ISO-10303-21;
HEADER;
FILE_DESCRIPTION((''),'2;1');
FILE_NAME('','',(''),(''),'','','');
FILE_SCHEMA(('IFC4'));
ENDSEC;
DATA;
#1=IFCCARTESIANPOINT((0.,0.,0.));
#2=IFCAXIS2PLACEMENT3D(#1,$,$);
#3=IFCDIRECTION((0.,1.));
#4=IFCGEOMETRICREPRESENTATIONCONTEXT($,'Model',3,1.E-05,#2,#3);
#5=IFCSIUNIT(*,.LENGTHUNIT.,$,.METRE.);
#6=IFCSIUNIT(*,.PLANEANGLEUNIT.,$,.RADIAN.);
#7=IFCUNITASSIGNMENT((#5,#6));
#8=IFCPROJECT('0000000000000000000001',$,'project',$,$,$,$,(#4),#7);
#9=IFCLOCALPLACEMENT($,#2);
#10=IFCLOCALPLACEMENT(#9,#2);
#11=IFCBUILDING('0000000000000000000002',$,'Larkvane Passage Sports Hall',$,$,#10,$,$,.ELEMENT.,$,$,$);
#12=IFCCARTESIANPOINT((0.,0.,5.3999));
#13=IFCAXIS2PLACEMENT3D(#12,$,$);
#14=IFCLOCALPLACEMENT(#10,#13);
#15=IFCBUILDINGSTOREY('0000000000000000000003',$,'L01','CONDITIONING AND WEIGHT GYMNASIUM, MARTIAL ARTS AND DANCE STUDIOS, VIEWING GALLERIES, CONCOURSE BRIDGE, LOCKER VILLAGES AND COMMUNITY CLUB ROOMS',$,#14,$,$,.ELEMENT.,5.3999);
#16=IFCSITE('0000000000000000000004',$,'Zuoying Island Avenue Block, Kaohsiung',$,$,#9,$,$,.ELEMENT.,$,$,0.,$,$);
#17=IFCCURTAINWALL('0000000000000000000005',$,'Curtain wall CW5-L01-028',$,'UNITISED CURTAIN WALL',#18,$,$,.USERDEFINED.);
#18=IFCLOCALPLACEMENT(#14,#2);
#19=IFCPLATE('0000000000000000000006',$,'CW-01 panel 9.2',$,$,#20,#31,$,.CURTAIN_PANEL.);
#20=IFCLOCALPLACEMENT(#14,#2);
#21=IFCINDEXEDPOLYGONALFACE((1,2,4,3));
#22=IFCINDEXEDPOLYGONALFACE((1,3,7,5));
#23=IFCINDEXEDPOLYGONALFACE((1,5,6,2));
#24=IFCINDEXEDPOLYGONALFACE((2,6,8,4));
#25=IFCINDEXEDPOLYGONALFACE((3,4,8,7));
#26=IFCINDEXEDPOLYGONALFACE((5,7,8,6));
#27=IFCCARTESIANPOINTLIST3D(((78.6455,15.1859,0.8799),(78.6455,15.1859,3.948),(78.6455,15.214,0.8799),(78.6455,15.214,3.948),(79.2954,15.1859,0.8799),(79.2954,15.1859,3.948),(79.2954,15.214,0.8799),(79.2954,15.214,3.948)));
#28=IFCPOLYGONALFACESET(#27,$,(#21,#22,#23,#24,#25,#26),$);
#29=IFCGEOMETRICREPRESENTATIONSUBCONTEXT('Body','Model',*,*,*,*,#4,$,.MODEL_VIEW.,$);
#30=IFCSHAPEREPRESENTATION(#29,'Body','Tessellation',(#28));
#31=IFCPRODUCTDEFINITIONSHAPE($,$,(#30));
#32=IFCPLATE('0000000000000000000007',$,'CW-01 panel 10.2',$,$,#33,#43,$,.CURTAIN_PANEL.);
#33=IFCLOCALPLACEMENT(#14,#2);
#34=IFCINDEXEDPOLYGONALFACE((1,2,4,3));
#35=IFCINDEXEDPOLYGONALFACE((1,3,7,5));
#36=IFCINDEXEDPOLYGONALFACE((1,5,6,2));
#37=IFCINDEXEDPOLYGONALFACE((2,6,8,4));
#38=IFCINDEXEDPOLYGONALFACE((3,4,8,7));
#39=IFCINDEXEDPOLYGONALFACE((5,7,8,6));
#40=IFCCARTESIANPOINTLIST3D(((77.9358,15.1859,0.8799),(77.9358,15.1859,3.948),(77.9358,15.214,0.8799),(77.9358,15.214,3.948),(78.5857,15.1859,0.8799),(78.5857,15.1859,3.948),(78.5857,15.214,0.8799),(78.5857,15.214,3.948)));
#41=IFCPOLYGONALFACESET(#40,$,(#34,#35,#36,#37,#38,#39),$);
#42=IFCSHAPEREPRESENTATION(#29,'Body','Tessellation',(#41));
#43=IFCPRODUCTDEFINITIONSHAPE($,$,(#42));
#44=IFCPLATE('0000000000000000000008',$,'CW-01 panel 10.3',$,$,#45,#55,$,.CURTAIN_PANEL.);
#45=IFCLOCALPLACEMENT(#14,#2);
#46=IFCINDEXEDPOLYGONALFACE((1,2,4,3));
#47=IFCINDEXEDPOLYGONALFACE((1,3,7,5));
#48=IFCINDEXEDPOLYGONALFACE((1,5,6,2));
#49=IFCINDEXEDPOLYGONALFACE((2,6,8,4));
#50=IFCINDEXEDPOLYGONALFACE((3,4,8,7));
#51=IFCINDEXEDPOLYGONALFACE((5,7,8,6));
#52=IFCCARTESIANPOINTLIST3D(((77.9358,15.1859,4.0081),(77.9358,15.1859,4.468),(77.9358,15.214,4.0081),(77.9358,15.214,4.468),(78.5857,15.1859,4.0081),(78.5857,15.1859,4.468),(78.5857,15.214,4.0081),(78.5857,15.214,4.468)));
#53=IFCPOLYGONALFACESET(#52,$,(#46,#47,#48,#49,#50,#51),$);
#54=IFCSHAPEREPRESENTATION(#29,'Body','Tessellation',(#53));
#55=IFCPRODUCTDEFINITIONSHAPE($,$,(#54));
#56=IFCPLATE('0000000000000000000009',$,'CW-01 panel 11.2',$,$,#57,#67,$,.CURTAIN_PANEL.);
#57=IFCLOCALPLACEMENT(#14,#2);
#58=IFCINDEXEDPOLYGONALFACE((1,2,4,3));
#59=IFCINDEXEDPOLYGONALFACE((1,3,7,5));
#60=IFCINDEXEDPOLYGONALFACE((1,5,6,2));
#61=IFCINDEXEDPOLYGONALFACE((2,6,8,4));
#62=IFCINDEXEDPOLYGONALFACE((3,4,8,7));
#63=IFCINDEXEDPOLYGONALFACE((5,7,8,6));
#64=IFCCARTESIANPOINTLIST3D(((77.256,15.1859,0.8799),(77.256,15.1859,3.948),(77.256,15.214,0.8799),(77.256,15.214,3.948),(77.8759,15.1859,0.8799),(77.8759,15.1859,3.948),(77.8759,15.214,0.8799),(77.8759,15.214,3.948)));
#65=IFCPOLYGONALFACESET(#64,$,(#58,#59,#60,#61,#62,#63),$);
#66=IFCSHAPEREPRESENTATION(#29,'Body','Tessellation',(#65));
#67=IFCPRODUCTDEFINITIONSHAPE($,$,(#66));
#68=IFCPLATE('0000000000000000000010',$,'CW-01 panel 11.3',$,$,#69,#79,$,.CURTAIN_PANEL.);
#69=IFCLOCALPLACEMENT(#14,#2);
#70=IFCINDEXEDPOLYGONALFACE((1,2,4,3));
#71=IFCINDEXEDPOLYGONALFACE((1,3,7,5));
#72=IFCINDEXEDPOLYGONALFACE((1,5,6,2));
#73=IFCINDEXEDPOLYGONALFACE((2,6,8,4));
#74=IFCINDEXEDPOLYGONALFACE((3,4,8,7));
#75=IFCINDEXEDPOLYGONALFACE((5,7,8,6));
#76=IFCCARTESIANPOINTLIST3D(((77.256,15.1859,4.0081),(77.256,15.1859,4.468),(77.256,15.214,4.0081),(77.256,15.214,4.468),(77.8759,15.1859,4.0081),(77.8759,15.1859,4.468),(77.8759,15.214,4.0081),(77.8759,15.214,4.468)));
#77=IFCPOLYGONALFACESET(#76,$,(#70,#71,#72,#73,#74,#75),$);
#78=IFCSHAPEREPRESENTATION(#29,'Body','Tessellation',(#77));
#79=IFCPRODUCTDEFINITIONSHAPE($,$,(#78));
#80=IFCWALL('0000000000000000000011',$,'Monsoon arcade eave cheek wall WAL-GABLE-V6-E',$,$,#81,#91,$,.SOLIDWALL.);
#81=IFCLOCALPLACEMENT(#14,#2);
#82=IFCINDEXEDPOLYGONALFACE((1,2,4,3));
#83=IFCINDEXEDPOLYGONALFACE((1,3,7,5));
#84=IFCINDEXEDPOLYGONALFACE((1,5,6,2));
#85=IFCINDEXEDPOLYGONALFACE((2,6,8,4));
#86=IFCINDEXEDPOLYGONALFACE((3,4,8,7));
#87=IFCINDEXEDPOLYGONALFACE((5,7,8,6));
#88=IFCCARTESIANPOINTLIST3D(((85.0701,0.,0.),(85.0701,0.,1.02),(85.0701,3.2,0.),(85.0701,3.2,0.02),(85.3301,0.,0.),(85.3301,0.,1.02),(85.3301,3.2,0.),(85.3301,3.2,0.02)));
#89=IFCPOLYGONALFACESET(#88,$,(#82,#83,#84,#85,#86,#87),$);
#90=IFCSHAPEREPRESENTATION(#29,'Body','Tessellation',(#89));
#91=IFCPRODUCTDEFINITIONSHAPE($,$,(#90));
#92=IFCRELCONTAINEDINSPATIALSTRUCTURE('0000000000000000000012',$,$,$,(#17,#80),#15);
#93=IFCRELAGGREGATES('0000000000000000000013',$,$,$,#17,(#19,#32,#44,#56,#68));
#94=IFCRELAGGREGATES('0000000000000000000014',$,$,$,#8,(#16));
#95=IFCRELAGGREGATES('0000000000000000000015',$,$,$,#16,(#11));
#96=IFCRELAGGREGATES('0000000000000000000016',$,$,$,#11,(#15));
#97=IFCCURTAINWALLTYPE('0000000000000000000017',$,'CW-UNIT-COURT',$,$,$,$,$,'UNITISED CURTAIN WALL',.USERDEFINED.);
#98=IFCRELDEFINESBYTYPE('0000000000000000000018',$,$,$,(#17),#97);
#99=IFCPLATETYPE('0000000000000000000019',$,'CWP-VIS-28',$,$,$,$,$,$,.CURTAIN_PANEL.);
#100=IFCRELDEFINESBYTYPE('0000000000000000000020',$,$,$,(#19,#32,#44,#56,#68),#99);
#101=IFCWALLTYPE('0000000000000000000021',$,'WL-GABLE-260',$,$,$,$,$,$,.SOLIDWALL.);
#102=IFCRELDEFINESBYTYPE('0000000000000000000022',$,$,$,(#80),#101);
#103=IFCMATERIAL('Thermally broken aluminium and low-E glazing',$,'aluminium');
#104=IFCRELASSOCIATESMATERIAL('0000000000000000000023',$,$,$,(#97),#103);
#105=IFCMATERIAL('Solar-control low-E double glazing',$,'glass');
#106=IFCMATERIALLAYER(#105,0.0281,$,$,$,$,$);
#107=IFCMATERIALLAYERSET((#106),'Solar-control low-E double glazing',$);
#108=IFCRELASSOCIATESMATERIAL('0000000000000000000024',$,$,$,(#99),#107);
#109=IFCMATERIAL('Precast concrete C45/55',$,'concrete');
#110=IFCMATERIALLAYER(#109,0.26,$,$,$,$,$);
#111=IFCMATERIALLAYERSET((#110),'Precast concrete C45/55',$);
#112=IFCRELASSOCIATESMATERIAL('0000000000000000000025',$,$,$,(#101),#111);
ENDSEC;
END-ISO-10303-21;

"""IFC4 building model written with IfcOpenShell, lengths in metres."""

from ifc_helpers import new_model, si_unit, direction, frame, origin, origin_2d, place, context, subcontext, project, spatial, polyline, rectangle, outline, extrude, material, layer, layer_set, type_object, element, aggregate, save


model = new_model("IFC4")

# Units and contexts
model_context = context("Model", 3, precision=1e-05, world=origin(), true_north=direction((0.0, 1.0)))
body_context = subcontext(model_context, "Body", "Model", "MODEL_VIEW")
ifc_project = project(units=[si_unit("LENGTHUNIT", "METRE"), si_unit("PLANEANGLEUNIT", "RADIAN")], contexts=[model_context])

# Site, building, storey
site_placement = place(None, origin())
site = spatial("IfcSite", under=ifc_project, at=site_placement, Name="Zuoying Island Avenue Block, Kaohsiung", CompositionType="ELEMENT", RefElevation=0.0)
building_placement = place(site_placement, origin())
building = spatial("IfcBuilding", under=site, at=building_placement, Name="Larkvane Passage Sports Hall", CompositionType="ELEMENT")
storey_placement = place(building_placement, frame((0.0, 0.0, 5.3999)))
storey = spatial("IfcBuildingStorey", under=building, at=storey_placement, Name="L01", Description="CONDITIONING AND WEIGHT GYMNASIUM, MARTIAL ARTS AND DANCE STUDIOS, VIEWING GALLERIES, CONCOURSE BRIDGE, LOCKER VILLAGES AND COMMUNITY CLUB ROOMS", CompositionType="ELEMENT", Elevation=5.3999)

# Curtain wall
ifc_material_1 = material(Name="Thermally broken aluminium and low-E glazing", Category="aluminium")
curtain_wall_type = type_object("IfcCurtainWallType", Name="CW-UNIT-COURT", ElementType="UNITISED CURTAIN WALL", PredefinedType="USERDEFINED", material=ifc_material_1)
curtain_wall_placement = place(storey_placement, origin())
curtain_wall = element("IfcCurtainWall", 1, at=curtain_wall_placement, inside=storey, type_object=curtain_wall_type, Name="Curtain wall CW5-L01-028", ObjectType="UNITISED CURTAIN WALL", PredefinedType="USERDEFINED")

# Plates
ifc_material_2 = material(Name="Solar-control low-E double glazing", Category="glass")
ifc_layer_1 = layer(ifc_material_2, 0.0281)
ifc_layer_set_1 = layer_set([ifc_layer_1], Name="Solar-control low-E double glazing")
plate_type_1 = type_object("IfcPlateType", Name="CWP-VIS-28", PredefinedType="CURTAIN_PANEL", material=ifc_layer_set_1)
plate_1_placement = place(storey_placement, frame((78.9705, 15.2, 0.8799), z_axis=(0.0, 0.0, 1.0), x_axis=(-1.0, 0.0, 0.0)))
plate_1 = element("IfcPlate", 2, at=plate_1_placement, type_object=plate_type_1, Name="CW-01 panel 9.2", PredefinedType="CURTAIN_PANEL", context=body_context, shape_type="SweptSolid", body=[
    extrude(rectangle(XDim=0.6499, YDim=0.0281, at=origin_2d()), origin(), (0.0, 0.0, 1.0), 3.0681),
])
plate_2_placement = place(storey_placement, frame((78.2607, 15.2, 0.8799), z_axis=(0.0, 0.0, 1.0), x_axis=(-1.0, 0.0, 0.0)))
plate_2 = element("IfcPlate", 3, at=plate_2_placement, type_object=plate_type_1, Name="CW-01 panel 10.2", PredefinedType="CURTAIN_PANEL", context=body_context, shape_type="SweptSolid", body=[
    extrude(rectangle(XDim=0.6499, YDim=0.0281, at=origin_2d()), origin(), (0.0, 0.0, 1.0), 3.0681),
])
plate_3_placement = place(storey_placement, frame((78.2607, 15.2, 4.0081), z_axis=(0.0, 0.0, 1.0), x_axis=(-1.0, 0.0, 0.0)))
plate_3 = element("IfcPlate", 4, at=plate_3_placement, type_object=plate_type_1, Name="CW-01 panel 10.3", PredefinedType="CURTAIN_PANEL", context=body_context, shape_type="SweptSolid", body=[
    extrude(rectangle(XDim=0.6499, YDim=0.0281, at=origin_2d()), origin(), (0.0, 0.0, 1.0), 0.46),
])
plate_4_placement = place(storey_placement, frame((77.5659, 15.2, 0.8799), z_axis=(0.0, 0.0, 1.0), x_axis=(-1.0, 0.0, 0.0)))
plate_4 = element("IfcPlate", 5, at=plate_4_placement, type_object=plate_type_1, Name="CW-01 panel 11.2", PredefinedType="CURTAIN_PANEL", context=body_context, shape_type="SweptSolid", body=[
    extrude(rectangle(XDim=0.6199, YDim=0.0281, at=origin_2d()), origin(), (0.0, 0.0, 1.0), 3.0681),
])
plate_5_placement = place(storey_placement, frame((77.5659, 15.2, 4.0081), z_axis=(0.0, 0.0, 1.0), x_axis=(-1.0, 0.0, 0.0)))
plate_5 = element("IfcPlate", 6, at=plate_5_placement, type_object=plate_type_1, Name="CW-01 panel 11.3", PredefinedType="CURTAIN_PANEL", context=body_context, shape_type="SweptSolid", body=[
    extrude(rectangle(XDim=0.6199, YDim=0.0281, at=origin_2d()), origin(), (0.0, 0.0, 1.0), 0.46),
])
aggregate(curtain_wall, [plate_1, plate_2, plate_3, plate_4, plate_5])

# Wall
ifc_material_3 = material(Name="Precast concrete C45/55", Category="concrete")
ifc_layer_2 = layer(ifc_material_3, 0.26)
ifc_layer_set_2 = layer_set([ifc_layer_2], Name="Precast concrete C45/55")
wall_type = type_object("IfcWallType", Name="WL-GABLE-260", PredefinedType="SOLIDWALL", material=ifc_layer_set_2)
wall_placement = place(storey_placement, frame((85.2, 0.0, 0.0), z_axis=(0.0, 0.0, 1.0), x_axis=(0.0, 1.0, 0.0)))
element("IfcWall", 7, at=wall_placement, inside=storey, type_object=wall_type, Name="Monsoon arcade eave cheek wall WAL-GABLE-V6-E", PredefinedType="SOLIDWALL", context=body_context, shape_type="SweptSolid", body=[
    extrude(outline(polyline([(0.0, 0.0), (3.2, 0.0), (3.2, 0.02), (0.0, 1.02), (0.0, 0.0)])), frame((0.0, 0.1299, 0.0), z_axis=(0.0, -1.0, 0.0), x_axis=(1.0, 0.0, 0.0)), (0.0, 0.0, 1.0), 0.26),
])

save(model, "model.ifc")
